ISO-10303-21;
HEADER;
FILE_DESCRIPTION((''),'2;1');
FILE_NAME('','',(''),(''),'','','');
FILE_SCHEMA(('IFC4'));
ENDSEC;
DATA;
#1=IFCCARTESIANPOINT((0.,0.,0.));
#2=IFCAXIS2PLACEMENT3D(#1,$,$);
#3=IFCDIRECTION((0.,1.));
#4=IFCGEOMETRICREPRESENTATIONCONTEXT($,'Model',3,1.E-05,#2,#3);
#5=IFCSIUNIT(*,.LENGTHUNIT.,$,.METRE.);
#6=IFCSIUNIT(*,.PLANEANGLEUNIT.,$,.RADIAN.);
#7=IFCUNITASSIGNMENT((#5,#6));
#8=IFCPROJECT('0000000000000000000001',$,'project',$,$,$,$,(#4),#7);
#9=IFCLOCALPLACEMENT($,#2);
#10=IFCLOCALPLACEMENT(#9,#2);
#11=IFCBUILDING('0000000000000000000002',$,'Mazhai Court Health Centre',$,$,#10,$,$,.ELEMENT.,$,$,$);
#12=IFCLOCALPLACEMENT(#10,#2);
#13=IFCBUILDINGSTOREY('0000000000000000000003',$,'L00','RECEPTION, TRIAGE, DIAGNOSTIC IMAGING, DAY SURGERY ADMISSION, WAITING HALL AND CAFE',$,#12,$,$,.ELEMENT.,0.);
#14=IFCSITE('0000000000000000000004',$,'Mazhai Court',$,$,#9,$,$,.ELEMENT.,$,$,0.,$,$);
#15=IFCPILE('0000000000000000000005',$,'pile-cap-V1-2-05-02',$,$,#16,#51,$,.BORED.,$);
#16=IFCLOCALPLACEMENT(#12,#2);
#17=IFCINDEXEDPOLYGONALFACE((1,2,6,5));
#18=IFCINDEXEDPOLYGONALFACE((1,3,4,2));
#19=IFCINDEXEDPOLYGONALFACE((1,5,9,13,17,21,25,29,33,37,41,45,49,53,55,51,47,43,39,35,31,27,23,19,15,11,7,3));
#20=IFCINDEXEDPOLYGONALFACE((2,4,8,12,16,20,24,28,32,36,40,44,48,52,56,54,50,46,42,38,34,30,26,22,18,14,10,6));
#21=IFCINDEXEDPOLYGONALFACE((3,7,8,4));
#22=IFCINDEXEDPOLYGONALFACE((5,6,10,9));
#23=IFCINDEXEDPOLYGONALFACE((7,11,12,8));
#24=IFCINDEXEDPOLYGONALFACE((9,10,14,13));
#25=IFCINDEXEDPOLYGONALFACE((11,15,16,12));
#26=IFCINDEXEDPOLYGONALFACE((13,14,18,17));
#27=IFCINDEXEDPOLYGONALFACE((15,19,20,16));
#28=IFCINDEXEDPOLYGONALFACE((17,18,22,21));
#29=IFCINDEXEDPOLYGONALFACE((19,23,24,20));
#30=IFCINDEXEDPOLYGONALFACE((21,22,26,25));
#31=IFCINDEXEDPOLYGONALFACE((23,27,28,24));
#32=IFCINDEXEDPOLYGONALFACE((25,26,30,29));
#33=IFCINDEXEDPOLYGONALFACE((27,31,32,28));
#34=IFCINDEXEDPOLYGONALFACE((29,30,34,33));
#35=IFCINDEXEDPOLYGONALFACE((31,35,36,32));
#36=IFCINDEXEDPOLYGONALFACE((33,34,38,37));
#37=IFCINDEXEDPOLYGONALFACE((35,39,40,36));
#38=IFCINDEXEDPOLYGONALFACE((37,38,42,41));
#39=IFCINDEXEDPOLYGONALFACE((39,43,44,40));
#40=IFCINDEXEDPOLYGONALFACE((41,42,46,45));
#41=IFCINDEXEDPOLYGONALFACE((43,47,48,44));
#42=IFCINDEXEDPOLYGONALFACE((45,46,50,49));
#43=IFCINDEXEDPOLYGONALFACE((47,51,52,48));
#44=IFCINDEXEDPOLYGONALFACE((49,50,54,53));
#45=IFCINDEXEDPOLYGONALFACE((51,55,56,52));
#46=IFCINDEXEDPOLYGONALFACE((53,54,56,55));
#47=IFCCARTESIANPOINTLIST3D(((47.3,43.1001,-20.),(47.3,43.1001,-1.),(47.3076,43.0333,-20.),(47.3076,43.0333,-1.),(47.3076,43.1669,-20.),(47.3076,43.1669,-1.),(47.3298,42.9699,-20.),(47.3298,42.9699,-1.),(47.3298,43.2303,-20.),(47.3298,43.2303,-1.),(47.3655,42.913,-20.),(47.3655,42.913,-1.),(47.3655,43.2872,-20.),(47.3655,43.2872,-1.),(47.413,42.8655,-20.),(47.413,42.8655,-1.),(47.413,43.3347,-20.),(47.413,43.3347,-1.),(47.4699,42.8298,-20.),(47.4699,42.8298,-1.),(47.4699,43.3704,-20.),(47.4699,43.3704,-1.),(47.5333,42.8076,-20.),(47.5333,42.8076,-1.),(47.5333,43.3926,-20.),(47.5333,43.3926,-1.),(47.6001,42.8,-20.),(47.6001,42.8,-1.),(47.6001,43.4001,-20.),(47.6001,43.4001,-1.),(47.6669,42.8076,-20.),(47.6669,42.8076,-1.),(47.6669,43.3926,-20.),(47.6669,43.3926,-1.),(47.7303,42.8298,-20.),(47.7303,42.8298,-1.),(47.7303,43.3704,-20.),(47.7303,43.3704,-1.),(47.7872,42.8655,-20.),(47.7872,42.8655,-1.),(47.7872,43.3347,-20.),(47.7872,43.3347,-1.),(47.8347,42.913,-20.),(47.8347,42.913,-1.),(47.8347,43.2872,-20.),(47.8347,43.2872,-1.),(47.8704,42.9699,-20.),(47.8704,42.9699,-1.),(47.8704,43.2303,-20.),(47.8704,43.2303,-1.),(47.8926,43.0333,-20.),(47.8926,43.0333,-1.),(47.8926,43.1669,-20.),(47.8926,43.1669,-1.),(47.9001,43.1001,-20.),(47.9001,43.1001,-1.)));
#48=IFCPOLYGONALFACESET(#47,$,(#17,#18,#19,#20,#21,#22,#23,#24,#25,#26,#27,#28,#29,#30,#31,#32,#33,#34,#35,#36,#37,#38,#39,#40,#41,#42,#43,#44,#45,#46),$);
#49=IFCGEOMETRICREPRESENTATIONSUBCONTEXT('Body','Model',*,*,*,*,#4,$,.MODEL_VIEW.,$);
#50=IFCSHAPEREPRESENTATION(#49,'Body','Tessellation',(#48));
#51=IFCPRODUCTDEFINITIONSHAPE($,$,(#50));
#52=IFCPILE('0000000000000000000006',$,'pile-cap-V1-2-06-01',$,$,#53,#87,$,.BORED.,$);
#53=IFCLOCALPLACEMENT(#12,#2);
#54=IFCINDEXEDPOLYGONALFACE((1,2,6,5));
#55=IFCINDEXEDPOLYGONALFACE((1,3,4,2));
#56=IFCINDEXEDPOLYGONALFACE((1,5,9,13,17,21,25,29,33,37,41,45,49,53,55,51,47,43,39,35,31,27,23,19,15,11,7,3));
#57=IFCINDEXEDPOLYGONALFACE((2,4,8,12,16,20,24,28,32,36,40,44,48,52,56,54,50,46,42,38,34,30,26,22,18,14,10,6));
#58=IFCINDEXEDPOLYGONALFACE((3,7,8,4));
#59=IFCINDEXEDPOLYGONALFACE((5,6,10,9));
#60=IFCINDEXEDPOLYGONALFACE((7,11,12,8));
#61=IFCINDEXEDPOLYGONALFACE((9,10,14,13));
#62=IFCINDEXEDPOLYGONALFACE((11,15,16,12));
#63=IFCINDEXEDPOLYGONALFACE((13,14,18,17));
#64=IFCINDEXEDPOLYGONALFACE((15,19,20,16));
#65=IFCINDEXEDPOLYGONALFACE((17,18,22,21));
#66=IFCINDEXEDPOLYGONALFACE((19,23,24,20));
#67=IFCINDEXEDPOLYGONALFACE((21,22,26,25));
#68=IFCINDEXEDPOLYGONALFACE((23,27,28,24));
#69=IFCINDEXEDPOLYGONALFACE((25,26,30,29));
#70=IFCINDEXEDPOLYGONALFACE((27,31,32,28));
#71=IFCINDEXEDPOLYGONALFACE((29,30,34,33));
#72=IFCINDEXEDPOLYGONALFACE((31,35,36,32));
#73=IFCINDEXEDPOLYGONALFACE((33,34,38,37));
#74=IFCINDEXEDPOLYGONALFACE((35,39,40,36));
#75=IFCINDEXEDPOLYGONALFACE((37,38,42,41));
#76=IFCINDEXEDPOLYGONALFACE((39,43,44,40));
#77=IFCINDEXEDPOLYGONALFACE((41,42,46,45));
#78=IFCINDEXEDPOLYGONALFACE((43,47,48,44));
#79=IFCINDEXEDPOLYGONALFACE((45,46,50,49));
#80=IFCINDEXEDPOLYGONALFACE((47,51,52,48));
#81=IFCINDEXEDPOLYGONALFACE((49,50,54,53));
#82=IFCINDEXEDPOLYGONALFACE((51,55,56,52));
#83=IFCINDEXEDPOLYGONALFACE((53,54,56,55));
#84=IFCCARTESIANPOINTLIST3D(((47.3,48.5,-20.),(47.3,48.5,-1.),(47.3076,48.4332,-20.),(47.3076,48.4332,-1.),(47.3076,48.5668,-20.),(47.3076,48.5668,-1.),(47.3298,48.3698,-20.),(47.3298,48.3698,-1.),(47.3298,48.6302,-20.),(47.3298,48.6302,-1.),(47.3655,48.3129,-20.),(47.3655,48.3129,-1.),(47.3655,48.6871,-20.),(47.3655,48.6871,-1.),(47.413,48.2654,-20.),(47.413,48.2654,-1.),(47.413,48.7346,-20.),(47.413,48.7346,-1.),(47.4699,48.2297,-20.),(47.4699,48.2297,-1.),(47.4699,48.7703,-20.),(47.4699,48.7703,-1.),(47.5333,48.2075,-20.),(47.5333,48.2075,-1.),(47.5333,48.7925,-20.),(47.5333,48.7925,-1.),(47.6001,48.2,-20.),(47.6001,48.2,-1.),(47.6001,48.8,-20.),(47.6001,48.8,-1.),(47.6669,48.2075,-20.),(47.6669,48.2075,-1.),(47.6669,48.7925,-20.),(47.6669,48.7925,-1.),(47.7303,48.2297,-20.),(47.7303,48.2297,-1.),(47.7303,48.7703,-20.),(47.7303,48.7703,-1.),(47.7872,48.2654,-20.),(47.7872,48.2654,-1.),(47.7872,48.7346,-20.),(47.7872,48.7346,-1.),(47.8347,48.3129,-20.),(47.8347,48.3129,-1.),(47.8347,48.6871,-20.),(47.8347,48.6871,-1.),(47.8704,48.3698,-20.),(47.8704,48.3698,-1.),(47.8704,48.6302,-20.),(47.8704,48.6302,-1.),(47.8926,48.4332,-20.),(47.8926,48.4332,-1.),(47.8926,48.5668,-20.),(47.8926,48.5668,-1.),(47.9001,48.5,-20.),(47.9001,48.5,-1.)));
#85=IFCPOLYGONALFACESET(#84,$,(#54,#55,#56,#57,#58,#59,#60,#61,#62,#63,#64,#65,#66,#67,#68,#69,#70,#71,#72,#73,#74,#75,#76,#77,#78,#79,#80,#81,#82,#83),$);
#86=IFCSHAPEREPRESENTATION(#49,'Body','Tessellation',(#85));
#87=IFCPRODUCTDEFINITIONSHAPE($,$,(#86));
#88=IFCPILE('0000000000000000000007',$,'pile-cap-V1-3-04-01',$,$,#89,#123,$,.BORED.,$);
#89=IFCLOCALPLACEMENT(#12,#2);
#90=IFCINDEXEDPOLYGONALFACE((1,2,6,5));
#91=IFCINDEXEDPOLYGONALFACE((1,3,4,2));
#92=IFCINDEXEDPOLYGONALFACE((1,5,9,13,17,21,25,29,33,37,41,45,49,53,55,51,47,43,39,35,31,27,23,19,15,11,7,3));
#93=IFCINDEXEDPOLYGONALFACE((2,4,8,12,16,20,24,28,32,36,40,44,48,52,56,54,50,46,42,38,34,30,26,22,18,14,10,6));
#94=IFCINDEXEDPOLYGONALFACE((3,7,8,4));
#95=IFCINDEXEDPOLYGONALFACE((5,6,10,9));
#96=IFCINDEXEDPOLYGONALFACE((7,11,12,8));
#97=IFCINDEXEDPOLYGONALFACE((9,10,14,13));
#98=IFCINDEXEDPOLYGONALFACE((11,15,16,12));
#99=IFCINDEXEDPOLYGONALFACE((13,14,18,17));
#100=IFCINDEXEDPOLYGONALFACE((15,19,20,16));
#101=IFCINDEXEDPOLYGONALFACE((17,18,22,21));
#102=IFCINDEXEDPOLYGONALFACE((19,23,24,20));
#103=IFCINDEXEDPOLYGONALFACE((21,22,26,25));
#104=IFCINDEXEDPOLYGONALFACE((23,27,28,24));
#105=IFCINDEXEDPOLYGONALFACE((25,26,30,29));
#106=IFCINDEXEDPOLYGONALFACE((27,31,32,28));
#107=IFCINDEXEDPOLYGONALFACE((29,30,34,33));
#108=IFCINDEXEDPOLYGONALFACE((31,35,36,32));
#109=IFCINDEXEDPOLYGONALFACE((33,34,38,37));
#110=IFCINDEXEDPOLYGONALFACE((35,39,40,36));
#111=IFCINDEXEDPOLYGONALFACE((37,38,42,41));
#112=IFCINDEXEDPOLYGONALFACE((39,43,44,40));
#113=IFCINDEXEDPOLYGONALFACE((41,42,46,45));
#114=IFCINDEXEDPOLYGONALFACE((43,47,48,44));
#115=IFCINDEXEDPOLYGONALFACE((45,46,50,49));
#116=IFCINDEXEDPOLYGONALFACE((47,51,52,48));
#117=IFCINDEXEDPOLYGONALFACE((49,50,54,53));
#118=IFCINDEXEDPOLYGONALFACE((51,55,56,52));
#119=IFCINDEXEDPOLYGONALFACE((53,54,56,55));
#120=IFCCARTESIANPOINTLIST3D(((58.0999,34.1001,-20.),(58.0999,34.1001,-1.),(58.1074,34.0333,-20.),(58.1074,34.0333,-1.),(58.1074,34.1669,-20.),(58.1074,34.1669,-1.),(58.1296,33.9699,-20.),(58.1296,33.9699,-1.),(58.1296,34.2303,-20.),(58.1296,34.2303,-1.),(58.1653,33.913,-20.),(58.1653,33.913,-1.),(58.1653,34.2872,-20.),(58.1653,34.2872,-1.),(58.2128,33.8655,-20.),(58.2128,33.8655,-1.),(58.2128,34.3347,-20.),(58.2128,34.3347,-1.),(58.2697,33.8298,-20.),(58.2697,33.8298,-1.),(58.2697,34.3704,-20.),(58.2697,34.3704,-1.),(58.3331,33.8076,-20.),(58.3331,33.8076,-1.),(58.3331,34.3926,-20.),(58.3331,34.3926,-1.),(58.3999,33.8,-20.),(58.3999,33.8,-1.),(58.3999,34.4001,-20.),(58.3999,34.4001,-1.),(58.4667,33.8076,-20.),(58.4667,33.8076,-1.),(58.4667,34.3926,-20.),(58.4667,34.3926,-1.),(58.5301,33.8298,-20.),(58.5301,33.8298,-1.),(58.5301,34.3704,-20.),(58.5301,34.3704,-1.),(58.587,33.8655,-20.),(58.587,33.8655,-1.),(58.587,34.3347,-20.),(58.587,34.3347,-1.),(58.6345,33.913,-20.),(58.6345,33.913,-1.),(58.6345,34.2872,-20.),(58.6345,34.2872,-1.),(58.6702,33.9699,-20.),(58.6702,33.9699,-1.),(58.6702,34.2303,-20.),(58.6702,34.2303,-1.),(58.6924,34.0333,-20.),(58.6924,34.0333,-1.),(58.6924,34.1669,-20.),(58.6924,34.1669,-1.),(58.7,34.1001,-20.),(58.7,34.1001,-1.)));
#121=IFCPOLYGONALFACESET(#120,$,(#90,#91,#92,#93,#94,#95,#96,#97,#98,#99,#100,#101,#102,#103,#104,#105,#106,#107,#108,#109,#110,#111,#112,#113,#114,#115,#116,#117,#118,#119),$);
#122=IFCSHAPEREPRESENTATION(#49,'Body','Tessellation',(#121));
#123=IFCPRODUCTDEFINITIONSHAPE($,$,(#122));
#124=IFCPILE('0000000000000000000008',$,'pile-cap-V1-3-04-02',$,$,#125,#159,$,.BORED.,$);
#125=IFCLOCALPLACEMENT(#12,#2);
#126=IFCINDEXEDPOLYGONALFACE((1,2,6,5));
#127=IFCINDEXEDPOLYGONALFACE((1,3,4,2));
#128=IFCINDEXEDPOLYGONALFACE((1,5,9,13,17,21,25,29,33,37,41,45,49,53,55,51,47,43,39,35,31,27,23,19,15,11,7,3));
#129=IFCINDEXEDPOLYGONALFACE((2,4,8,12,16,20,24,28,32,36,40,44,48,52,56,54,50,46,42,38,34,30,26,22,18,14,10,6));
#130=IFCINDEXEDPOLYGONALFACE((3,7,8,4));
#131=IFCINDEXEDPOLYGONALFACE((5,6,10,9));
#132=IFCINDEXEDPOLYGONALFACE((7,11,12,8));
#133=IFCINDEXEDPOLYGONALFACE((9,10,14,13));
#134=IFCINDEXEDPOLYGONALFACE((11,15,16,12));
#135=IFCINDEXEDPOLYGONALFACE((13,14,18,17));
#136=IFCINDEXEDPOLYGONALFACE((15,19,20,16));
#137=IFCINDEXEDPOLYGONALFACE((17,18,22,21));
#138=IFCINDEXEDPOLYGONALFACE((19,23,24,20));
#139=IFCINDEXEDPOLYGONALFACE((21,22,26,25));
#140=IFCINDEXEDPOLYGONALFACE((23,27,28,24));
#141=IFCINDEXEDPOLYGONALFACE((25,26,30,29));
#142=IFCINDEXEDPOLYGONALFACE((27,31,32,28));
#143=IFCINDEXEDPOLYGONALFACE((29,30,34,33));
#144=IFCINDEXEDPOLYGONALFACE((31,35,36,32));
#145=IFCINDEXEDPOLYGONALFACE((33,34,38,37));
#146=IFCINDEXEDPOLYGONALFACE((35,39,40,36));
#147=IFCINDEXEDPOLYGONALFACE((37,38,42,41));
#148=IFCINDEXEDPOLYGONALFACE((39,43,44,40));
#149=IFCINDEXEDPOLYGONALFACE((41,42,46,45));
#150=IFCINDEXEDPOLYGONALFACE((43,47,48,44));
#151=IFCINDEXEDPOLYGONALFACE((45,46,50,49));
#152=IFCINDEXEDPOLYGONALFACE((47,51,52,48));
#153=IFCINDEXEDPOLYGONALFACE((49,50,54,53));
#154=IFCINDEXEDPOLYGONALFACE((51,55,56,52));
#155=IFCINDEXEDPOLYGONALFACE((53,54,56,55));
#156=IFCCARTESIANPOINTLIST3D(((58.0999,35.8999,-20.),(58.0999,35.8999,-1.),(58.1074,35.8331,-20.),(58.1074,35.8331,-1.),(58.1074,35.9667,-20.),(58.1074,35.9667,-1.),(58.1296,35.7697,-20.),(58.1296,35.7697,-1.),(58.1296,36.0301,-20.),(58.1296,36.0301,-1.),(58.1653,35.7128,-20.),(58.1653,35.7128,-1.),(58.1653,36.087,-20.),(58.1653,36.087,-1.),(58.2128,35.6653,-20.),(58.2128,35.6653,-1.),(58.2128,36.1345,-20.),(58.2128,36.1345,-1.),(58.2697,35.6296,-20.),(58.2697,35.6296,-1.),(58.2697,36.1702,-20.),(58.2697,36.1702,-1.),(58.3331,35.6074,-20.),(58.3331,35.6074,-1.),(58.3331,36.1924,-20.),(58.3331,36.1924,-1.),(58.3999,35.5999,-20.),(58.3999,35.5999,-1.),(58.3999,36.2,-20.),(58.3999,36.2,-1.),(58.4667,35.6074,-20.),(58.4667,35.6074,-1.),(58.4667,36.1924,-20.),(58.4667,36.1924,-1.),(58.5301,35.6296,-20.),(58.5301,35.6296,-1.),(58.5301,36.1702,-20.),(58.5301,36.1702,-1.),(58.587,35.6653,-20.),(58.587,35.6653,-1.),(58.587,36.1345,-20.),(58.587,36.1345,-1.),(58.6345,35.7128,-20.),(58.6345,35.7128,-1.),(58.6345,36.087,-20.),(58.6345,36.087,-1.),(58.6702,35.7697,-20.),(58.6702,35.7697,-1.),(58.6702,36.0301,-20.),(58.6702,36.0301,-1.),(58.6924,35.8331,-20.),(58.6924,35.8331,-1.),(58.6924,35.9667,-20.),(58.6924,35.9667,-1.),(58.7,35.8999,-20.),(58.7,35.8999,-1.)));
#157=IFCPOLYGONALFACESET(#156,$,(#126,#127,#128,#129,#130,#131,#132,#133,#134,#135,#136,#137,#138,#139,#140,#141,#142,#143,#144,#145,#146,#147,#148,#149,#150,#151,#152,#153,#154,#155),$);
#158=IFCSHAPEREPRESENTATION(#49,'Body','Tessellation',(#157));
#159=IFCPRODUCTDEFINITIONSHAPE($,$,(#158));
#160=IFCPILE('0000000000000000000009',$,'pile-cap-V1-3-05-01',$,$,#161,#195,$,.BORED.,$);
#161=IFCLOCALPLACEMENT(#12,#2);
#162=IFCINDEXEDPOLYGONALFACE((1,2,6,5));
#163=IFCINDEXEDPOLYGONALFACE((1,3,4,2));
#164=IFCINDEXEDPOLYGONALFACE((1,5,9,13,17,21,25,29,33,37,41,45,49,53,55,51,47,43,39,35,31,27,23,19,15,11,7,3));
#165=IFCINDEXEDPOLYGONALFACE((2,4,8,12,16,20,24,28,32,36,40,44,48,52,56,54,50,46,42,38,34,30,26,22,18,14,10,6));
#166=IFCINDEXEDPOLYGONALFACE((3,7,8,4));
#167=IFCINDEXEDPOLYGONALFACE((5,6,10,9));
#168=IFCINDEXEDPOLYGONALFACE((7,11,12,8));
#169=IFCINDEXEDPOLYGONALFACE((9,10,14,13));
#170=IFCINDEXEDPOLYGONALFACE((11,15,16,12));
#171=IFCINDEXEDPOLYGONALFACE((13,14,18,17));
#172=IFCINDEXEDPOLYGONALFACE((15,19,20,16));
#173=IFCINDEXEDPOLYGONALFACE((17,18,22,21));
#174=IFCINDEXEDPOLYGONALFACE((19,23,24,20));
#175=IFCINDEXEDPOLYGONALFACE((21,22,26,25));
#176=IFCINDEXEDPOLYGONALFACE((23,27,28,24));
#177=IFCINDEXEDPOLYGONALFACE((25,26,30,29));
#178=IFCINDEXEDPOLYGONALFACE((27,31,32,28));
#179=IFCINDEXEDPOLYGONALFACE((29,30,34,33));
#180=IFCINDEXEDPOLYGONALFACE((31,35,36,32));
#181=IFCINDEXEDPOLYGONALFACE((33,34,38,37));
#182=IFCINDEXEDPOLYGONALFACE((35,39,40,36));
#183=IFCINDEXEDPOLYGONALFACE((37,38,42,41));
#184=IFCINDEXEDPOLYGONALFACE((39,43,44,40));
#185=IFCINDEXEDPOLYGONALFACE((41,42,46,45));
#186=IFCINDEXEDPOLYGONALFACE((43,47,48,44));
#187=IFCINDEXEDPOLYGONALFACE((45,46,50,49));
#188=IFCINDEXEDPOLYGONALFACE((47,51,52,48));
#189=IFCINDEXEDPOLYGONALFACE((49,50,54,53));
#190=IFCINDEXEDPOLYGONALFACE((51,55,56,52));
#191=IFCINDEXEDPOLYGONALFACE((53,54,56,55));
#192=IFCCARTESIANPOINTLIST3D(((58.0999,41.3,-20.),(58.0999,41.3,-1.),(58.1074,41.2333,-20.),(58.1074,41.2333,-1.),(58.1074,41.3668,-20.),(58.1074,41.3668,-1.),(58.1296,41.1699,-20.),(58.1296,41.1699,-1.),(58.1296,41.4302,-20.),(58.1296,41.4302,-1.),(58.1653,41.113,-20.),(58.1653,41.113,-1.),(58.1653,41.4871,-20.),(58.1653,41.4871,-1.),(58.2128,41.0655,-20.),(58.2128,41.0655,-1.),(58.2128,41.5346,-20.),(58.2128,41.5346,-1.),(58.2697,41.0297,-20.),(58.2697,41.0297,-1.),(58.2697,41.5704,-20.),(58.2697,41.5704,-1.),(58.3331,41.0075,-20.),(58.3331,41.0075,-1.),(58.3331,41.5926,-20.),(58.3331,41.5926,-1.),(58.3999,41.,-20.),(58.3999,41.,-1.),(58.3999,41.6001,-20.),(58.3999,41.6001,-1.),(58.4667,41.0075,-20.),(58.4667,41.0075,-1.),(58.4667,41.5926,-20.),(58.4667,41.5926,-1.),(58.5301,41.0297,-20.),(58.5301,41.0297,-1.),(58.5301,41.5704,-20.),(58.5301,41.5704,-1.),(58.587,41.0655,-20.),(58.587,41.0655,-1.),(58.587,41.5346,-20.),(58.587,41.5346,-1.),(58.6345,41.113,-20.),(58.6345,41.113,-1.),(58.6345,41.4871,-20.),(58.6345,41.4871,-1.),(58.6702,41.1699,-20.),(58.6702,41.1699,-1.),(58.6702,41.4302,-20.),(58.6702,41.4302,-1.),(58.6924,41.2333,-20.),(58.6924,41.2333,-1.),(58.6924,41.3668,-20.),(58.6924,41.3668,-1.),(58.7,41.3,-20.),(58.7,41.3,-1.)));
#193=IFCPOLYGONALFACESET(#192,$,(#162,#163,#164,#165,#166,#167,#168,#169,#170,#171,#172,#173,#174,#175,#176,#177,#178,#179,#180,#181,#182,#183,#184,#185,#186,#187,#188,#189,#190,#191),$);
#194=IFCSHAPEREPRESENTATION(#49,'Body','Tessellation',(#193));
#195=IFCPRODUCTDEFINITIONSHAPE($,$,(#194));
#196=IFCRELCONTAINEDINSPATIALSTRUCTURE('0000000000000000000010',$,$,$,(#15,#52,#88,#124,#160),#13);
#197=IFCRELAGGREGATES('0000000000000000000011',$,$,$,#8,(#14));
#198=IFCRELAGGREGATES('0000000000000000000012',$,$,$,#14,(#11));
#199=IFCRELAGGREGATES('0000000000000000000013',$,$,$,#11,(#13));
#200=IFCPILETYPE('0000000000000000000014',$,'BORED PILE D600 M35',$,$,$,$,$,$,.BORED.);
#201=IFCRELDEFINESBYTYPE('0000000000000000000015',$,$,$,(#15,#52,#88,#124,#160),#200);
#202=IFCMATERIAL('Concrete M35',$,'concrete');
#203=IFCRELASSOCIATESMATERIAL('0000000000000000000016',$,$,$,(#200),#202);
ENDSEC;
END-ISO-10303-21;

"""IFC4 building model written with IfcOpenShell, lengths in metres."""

from ifc_helpers import new_model, si_unit, direction, frame, origin, origin_2d, place, context, subcontext, project, spatial, circle, extrude, material, material_profile, profile_set, type_object, element, save


model = new_model("IFC4")

# Units and contexts
model_context = context("Model", 3, precision=1e-05, world=origin(), true_north=direction((0.0, 1.0)))
body_context = subcontext(model_context, "Body", "Model", "MODEL_VIEW")
ifc_project = project(units=[si_unit("LENGTHUNIT", "METRE"), si_unit("PLANEANGLEUNIT", "RADIAN")], contexts=[model_context])

# Site, building, storey
site_placement = place(None, origin())
site = spatial("IfcSite", under=ifc_project, at=site_placement, Name="Mazhai Court", CompositionType="ELEMENT", RefElevation=0.0)
building_placement = place(site_placement, origin())
building = spatial("IfcBuilding", under=site, at=building_placement, Name="Mazhai Court Health Centre", CompositionType="ELEMENT")
storey_placement = place(building_placement, origin())
storey = spatial("IfcBuildingStorey", under=building, at=storey_placement, Name="L00", Description="RECEPTION, TRIAGE, DIAGNOSTIC IMAGING, DAY SURGERY ADMISSION, WAITING HALL AND CAFE", CompositionType="ELEMENT", Elevation=0.0)

# Piles
ifc_material_1 = material(Name="Concrete M35", Category="concrete")
ifc_material_profile_1 = material_profile(ifc_material_1, circle(Radius=0.3, at=origin_2d()), Name="RC PILE D600")
ifc_profile_set_1 = profile_set([ifc_material_profile_1], Name="Concrete M35")
pile_type = type_object("IfcPileType", Name="BORED PILE D600 M35", PredefinedType="BORED", material=ifc_profile_set_1)
for number, where, z_axis, x_axis, name in (
    (1, (47.6001, 43.1001, -1.0), (0.0, 0.0, -1.0), (1.0, 0.0, 0.0), "pile-cap-V1-2-05-02"),
    (2, (47.6001, 48.5, -1.0), (0.0, 0.0, -1.0), (1.0, 0.0, 0.0), "pile-cap-V1-2-06-01"),
    (3, (58.3999, 34.1001, -1.0), (0.0, 0.0, -1.0), (1.0, 0.0, 0.0), "pile-cap-V1-3-04-01"),
    (4, (58.3999, 35.8999, -1.0), (0.0, 0.0, -1.0), (1.0, 0.0, 0.0), "pile-cap-V1-3-04-02"),
    (5, (58.3999, 41.3, -1.0), (0.0, 0.0, -1.0), (1.0, 0.0, 0.0), "pile-cap-V1-3-05-01"),
):
    element("IfcPile", number, at=place(storey_placement, frame(where, z_axis=z_axis, x_axis=x_axis)), inside=storey, type_object=pile_type, Name=name, PredefinedType="BORED", context=body_context, shape_type="SweptSolid", body=[
        extrude(circle(Radius=0.3, at=origin_2d()), origin(), (0.0, 0.0, 1.0), 19.0),
    ])

save(model, "model.ifc")
